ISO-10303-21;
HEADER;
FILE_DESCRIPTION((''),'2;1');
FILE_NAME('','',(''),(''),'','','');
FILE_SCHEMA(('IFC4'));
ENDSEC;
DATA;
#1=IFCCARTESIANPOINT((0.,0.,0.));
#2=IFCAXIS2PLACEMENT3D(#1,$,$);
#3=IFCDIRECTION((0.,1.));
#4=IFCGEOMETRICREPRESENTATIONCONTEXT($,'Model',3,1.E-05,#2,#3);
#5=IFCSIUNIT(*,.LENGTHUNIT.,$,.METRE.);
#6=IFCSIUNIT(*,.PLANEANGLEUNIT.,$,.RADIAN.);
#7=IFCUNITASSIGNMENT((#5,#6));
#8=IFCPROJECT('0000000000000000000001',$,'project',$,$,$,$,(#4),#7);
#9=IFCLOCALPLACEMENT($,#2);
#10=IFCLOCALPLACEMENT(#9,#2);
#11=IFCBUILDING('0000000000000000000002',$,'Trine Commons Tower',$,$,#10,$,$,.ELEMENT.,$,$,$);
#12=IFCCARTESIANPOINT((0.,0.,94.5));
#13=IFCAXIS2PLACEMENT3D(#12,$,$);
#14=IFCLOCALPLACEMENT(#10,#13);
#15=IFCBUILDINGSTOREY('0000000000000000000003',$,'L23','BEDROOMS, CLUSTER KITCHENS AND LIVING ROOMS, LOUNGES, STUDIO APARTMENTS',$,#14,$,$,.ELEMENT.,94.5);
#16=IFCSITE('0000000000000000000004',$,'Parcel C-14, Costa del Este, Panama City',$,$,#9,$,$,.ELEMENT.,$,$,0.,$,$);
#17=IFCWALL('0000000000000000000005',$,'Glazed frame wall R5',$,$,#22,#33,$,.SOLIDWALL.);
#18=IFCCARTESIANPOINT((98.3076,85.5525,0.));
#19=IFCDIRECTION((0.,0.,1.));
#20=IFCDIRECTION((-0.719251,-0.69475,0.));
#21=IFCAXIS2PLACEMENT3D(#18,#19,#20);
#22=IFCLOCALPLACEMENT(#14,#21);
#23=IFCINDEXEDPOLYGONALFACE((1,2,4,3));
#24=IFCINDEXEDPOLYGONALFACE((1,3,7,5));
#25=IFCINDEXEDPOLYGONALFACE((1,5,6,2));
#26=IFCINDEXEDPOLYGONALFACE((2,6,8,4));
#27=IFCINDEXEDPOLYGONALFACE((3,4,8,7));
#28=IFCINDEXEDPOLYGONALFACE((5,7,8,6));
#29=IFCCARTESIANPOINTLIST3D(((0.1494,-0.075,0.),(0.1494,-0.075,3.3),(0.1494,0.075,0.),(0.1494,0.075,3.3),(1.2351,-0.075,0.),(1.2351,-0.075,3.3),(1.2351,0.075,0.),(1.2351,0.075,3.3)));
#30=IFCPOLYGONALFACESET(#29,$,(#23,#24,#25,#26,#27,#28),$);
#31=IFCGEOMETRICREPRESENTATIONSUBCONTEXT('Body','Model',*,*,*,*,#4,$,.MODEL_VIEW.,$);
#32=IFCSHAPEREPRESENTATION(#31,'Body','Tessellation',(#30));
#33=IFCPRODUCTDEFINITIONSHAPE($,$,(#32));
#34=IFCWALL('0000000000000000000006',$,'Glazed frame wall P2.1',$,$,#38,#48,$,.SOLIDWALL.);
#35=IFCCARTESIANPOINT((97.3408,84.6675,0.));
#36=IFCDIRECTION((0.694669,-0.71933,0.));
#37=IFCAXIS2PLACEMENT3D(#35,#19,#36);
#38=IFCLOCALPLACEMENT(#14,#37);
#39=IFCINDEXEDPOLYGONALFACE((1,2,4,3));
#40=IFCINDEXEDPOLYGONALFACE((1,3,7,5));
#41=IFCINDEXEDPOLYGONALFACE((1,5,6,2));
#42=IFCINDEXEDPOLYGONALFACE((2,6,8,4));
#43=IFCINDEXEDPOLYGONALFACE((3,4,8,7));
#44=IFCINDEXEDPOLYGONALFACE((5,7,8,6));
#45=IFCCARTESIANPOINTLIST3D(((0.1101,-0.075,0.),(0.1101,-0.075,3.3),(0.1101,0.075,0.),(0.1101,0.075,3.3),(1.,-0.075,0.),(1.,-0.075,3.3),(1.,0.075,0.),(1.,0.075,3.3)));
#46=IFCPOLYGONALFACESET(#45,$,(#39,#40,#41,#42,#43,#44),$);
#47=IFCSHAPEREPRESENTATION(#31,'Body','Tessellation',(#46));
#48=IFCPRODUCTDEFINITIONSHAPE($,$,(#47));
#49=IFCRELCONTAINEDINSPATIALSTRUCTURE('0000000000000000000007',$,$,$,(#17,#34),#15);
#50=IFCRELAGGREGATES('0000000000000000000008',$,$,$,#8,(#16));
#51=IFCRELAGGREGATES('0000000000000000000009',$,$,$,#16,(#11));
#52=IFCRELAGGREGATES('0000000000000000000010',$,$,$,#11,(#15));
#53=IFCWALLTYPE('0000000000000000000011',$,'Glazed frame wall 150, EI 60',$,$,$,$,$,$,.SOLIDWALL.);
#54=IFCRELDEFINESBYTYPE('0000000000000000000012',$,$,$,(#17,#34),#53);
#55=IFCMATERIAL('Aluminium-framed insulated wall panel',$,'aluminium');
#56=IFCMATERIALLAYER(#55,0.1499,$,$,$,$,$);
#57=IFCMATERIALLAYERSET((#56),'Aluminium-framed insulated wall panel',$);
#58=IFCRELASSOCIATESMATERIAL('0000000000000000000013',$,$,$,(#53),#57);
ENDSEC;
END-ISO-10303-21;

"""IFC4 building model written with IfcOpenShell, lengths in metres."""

from ifc_helpers import new_model, si_unit, direction, frame, origin, place, context, subcontext, project, spatial, polyline, outline, extrude, material, layer, layer_set, type_object, element, save


model = new_model("IFC4")

# Units and contexts
model_context = context("Model", 3, precision=1e-05, world=origin(), true_north=direction((0.0, 1.0)))
body_context = subcontext(model_context, "Body", "Model", "MODEL_VIEW")
ifc_project = project(units=[si_unit("LENGTHUNIT", "METRE"), si_unit("PLANEANGLEUNIT", "RADIAN")], contexts=[model_context])

# Site, building, storey
site_placement = place(None, origin())
site = spatial("IfcSite", under=ifc_project, at=site_placement, Name="Parcel C-14, Costa del Este, Panama City", CompositionType="ELEMENT", RefElevation=0.0)
building_placement = place(site_placement, origin())
building = spatial("IfcBuilding", under=site, at=building_placement, Name="Trine Commons Tower", CompositionType="ELEMENT")
storey_placement = place(building_placement, frame((0.0, 0.0, 94.5)))
storey = spatial("IfcBuildingStorey", under=building, at=storey_placement, Name="L23", Description="BEDROOMS, CLUSTER KITCHENS AND LIVING ROOMS, LOUNGES, STUDIO APARTMENTS", CompositionType="ELEMENT", Elevation=94.5)

# Walls
ifc_material_1 = material(Name="Aluminium-framed insulated wall panel", Category="aluminium")
ifc_layer_1 = layer(ifc_material_1, 0.1499)
ifc_layer_set_1 = layer_set([ifc_layer_1], Name="Aluminium-framed insulated wall panel")
wall_type_1 = type_object("IfcWallType", Name="Glazed frame wall 150, EI 60", PredefinedType="SOLIDWALL", material=ifc_layer_set_1)
wall_1_placement = place(storey_placement, frame((98.3076, 85.5525, 0.0), z_axis=(0.0, 0.0, 1.0), x_axis=(-0.719251, -0.69475, 0.0)))
element("IfcWall", 1, at=wall_1_placement, inside=storey, type_object=wall_type_1, Name="Glazed frame wall R5", PredefinedType="SOLIDWALL", context=body_context, shape_type="SweptSolid", body=[
    extrude(outline(polyline([(0.1494, 0.075), (0.1494, -0.075), (1.2351, -0.075), (1.2351, 0.075), (0.1494, 0.075)])), origin(), (0.0, 0.0, 1.0), 3.3),
])
wall_2_placement = place(storey_placement, frame((97.3408, 84.6675, 0.0), z_axis=(0.0, 0.0, 1.0), x_axis=(0.694669, -0.71933, 0.0)))
element("IfcWall", 2, at=wall_2_placement, inside=storey, type_object=wall_type_1, Name="Glazed frame wall P2.1", PredefinedType="SOLIDWALL", context=body_context, shape_type="SweptSolid", body=[
    extrude(outline(polyline([(0.1101, -0.075), (1.0, -0.075), (1.0, 0.075), (0.1101, 0.075), (0.1101, -0.075)])), origin(), (0.0, 0.0, 1.0), 3.3),
])

save(model, "model.ifc")
